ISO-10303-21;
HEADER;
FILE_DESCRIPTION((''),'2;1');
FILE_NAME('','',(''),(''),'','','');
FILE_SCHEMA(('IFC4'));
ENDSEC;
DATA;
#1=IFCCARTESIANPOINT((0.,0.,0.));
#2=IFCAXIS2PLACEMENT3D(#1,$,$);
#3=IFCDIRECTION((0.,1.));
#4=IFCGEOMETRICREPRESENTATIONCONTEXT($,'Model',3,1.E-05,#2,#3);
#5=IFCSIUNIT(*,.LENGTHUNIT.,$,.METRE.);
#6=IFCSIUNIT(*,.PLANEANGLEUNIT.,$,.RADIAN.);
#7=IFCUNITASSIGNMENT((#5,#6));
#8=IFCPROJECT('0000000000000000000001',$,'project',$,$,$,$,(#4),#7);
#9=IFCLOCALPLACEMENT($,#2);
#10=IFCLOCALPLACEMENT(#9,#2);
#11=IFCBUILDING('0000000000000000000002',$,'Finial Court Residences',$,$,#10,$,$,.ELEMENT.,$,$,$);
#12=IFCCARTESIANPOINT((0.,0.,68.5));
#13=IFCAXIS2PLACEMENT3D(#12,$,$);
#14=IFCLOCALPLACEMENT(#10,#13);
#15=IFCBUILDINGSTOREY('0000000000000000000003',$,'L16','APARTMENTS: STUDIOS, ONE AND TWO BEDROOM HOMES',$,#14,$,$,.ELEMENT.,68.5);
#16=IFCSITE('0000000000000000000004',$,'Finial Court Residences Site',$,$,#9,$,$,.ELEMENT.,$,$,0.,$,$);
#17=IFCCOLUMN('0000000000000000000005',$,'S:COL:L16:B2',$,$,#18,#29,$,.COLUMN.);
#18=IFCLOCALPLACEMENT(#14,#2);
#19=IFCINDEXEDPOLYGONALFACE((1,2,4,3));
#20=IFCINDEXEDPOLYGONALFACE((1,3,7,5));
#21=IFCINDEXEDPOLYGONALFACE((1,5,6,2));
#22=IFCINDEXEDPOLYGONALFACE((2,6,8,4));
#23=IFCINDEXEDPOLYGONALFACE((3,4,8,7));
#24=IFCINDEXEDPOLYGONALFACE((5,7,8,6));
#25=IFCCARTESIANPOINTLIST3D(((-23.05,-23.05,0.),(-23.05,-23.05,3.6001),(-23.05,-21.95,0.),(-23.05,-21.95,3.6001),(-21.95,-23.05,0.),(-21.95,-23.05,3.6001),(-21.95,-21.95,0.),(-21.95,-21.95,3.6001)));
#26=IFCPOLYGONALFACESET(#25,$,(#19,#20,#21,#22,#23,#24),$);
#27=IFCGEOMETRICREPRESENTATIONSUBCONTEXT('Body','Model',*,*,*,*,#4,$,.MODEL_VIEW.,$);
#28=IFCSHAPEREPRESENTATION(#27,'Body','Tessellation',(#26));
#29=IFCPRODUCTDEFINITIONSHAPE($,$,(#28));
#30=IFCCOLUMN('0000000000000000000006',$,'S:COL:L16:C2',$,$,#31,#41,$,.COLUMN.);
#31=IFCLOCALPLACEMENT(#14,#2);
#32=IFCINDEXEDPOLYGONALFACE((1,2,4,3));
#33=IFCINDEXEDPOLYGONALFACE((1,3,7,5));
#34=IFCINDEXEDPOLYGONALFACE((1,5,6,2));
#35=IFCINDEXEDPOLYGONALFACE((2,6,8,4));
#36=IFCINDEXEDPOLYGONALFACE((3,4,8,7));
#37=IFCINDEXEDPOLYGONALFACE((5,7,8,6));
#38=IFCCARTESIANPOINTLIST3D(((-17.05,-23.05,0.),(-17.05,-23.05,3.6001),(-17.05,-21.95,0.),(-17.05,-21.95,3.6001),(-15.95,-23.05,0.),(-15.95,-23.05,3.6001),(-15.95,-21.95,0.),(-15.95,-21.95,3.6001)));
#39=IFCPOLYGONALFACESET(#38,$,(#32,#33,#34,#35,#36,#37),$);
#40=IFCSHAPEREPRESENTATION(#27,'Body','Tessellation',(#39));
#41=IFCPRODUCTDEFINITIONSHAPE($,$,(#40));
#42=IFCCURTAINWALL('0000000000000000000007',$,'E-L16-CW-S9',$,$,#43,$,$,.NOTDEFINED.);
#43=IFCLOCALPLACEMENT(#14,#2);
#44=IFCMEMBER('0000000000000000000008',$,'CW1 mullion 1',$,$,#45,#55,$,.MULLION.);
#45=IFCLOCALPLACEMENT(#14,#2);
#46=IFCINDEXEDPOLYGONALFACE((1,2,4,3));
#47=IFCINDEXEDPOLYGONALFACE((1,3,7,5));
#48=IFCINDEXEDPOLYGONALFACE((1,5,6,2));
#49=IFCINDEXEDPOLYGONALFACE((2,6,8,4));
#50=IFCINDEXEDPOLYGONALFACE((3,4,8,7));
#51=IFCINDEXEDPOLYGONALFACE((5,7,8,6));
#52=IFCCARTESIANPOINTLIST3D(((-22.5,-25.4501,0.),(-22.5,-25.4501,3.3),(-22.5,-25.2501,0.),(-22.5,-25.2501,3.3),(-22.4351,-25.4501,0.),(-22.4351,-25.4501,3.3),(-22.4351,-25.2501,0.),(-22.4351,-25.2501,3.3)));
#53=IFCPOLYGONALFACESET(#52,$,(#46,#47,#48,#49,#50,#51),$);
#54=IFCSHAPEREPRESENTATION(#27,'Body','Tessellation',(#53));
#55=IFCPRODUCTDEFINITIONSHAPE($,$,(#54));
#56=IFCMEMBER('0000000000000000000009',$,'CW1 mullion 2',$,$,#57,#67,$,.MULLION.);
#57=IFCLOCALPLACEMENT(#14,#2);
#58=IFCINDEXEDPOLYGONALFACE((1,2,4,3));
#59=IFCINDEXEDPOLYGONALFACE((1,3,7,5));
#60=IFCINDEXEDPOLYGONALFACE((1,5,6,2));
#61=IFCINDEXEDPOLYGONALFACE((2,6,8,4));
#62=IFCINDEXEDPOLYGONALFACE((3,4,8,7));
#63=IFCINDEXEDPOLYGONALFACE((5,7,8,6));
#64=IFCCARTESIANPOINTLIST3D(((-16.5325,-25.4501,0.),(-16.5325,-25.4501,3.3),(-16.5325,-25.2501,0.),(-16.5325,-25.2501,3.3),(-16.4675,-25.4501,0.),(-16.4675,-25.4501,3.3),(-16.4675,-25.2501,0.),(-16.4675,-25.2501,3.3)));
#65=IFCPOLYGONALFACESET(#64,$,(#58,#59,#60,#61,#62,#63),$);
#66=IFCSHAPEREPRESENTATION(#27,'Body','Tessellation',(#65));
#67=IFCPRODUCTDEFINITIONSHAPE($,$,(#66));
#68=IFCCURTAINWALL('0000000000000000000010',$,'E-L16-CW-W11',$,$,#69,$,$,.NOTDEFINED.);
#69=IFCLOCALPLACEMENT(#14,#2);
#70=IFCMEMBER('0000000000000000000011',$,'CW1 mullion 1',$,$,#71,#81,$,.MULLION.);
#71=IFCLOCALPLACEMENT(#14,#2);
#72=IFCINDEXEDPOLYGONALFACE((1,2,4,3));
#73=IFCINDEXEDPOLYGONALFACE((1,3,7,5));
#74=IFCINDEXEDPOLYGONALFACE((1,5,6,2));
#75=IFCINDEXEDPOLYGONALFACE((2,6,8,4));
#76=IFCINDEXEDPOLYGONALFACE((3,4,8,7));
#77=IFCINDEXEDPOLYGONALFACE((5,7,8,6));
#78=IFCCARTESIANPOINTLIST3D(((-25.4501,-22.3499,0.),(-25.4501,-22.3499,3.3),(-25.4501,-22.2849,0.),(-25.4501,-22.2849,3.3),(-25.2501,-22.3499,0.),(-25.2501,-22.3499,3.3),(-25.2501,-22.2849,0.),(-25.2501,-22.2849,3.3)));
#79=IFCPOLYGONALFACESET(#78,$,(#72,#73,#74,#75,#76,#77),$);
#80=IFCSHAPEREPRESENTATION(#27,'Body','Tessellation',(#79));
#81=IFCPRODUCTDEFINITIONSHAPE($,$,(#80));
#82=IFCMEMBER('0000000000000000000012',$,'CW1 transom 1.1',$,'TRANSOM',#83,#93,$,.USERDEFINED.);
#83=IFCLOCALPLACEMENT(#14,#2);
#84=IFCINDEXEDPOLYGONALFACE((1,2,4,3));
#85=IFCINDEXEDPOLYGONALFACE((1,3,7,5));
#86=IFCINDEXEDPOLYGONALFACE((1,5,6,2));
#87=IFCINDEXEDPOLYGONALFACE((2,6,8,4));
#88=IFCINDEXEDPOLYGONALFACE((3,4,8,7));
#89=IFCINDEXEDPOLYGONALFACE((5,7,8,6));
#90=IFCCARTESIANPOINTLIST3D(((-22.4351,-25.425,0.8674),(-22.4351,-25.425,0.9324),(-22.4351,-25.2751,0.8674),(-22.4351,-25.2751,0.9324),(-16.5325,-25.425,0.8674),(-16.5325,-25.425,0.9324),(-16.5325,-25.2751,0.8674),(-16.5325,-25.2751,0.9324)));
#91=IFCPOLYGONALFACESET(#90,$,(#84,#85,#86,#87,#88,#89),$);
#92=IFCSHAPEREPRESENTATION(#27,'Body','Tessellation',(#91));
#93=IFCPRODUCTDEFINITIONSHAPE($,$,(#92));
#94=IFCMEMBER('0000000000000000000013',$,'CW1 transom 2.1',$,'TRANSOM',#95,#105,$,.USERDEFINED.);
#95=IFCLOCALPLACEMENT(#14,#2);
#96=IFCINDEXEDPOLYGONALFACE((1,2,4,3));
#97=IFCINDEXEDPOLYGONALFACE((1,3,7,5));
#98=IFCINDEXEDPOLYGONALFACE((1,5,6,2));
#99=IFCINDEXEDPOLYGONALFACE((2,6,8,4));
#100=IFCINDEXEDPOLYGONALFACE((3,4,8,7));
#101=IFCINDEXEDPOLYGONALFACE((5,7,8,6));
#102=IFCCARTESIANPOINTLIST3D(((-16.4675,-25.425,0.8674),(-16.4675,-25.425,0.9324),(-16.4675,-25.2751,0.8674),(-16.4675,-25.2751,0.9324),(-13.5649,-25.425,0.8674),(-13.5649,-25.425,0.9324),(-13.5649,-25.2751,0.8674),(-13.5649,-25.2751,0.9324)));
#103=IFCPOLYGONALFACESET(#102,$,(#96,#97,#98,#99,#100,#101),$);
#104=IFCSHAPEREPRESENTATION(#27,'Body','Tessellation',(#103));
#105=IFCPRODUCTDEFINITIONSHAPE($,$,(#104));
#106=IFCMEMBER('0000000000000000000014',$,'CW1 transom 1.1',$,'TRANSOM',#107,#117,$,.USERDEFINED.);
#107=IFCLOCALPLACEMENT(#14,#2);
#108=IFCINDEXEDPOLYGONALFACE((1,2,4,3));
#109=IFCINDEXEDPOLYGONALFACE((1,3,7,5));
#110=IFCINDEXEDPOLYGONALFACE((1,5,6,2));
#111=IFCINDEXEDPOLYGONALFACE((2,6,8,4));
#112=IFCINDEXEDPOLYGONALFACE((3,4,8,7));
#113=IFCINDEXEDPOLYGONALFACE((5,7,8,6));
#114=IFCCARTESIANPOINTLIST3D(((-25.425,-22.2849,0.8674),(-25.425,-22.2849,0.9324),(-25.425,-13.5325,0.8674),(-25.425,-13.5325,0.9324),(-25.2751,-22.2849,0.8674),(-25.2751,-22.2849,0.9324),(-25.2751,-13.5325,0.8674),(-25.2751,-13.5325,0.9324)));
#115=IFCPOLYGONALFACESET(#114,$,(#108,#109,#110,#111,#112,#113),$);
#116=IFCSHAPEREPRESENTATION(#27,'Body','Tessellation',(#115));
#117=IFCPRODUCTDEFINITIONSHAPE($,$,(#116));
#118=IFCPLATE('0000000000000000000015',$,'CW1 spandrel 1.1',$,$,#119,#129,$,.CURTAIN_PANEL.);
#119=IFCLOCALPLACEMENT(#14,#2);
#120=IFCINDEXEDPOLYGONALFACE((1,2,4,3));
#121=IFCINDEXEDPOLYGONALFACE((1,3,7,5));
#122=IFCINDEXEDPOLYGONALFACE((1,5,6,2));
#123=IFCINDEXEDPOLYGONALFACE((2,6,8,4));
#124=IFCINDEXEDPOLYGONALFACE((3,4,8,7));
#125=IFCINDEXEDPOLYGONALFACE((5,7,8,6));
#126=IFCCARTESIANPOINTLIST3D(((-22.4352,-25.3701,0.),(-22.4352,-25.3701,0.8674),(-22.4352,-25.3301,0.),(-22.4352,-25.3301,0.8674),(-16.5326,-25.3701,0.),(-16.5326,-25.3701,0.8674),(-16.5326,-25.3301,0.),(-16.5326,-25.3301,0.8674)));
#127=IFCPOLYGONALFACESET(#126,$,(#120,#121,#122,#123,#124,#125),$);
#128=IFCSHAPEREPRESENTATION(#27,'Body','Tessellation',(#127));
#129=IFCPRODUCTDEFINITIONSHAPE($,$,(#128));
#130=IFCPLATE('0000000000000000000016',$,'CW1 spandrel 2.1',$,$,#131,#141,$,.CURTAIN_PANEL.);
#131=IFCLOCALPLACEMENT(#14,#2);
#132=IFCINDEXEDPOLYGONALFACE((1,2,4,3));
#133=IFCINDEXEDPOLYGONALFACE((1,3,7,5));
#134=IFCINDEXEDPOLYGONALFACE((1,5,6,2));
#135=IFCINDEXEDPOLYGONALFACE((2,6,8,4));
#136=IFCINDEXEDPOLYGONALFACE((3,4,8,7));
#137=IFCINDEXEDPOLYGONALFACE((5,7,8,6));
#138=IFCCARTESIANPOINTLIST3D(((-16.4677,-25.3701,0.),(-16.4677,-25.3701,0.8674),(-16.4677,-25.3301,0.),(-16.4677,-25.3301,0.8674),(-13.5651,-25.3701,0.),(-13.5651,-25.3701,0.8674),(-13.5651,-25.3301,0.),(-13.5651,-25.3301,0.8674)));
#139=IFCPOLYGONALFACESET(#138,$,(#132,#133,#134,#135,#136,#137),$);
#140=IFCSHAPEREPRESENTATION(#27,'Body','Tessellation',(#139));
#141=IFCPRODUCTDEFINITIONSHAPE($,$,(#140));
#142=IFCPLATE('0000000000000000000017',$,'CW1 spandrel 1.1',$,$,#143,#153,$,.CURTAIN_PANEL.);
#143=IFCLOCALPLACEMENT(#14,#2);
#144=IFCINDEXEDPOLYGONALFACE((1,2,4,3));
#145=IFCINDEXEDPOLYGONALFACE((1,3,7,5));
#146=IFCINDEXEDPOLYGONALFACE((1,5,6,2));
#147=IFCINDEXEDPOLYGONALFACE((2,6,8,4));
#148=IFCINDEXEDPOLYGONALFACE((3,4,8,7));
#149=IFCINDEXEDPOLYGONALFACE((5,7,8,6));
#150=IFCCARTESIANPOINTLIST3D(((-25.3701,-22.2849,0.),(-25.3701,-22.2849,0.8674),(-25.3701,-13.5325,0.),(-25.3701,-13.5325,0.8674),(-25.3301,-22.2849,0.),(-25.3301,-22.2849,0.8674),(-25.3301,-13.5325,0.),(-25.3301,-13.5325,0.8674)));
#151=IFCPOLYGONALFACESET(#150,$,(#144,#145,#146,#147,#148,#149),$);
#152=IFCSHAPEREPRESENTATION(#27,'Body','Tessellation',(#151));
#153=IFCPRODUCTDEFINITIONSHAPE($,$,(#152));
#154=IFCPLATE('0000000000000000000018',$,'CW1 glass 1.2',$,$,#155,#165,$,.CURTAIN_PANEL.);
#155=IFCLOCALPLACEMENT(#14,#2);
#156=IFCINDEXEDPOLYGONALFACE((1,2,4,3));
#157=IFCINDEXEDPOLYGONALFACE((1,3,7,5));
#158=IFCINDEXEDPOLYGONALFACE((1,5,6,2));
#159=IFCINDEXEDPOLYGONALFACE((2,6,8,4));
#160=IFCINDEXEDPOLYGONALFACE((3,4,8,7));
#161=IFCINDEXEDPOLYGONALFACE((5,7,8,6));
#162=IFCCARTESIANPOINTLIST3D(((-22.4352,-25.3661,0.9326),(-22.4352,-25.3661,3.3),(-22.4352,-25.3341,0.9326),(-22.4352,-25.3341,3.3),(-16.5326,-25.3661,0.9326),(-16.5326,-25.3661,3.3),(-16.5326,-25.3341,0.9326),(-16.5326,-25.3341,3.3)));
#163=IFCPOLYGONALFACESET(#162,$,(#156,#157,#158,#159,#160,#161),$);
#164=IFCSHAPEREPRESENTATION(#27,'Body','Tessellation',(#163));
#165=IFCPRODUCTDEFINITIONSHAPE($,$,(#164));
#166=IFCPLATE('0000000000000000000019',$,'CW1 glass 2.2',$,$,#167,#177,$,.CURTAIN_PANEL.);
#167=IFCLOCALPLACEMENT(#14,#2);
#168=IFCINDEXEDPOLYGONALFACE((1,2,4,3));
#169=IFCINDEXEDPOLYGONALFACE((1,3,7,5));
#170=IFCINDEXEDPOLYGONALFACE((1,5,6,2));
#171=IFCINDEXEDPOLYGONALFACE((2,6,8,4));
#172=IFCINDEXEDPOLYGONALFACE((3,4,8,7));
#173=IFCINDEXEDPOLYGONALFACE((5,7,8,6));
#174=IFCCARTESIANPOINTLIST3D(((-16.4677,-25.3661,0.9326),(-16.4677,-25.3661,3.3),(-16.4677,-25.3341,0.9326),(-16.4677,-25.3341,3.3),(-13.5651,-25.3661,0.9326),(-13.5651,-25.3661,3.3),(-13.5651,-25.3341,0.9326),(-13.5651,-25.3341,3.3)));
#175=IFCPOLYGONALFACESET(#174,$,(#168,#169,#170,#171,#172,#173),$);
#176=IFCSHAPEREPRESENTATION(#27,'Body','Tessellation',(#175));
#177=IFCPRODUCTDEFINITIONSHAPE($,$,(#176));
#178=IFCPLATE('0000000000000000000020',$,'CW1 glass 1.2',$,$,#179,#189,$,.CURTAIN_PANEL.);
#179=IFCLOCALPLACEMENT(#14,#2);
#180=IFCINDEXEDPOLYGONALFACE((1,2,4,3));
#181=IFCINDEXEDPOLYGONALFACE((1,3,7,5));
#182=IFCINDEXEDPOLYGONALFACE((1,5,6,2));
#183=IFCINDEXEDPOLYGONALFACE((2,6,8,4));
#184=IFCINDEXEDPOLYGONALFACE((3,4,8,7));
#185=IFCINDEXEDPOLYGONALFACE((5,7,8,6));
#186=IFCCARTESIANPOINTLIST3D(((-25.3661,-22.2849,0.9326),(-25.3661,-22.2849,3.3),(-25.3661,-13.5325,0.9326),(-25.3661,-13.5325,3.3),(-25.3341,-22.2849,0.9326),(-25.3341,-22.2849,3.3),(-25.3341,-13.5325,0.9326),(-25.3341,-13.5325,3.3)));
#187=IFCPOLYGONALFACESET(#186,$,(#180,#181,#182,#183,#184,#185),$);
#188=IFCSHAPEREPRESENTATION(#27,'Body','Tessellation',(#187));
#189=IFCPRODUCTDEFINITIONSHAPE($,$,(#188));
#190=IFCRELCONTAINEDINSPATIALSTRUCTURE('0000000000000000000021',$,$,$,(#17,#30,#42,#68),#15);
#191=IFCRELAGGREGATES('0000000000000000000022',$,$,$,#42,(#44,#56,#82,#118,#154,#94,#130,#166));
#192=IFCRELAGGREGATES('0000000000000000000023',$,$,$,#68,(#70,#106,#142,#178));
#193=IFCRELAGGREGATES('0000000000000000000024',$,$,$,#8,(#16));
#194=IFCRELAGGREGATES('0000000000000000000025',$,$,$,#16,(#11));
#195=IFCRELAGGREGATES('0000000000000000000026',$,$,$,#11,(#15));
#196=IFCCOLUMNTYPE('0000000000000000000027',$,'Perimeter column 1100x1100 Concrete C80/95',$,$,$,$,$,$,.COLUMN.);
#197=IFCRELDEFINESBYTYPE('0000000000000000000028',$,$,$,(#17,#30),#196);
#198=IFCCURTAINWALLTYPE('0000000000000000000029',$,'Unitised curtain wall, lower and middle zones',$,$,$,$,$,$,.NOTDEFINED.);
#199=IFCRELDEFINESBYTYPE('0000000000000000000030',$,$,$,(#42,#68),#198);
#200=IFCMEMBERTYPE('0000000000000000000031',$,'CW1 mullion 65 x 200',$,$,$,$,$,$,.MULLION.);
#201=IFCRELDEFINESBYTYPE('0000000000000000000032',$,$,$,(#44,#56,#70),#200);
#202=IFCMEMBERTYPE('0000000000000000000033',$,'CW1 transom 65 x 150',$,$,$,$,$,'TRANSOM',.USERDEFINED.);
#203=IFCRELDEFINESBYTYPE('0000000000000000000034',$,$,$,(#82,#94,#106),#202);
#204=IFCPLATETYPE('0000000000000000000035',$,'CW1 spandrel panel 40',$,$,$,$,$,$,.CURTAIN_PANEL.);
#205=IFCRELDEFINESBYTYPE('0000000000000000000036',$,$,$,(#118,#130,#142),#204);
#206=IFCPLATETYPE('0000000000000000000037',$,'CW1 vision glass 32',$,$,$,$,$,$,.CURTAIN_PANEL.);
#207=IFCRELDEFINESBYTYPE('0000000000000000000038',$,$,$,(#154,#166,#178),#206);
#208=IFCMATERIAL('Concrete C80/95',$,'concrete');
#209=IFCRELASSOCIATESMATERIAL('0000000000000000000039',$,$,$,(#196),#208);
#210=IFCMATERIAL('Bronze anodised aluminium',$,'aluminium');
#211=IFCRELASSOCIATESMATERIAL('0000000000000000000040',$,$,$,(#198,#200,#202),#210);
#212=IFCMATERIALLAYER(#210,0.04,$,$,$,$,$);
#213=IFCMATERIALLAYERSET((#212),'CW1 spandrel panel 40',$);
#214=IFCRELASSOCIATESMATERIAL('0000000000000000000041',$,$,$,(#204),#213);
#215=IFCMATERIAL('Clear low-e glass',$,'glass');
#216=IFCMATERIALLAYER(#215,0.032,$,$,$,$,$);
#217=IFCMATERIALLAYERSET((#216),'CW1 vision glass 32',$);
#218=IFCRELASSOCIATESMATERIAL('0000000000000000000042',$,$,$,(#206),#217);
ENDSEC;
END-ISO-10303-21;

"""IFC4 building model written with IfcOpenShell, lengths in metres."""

from ifc_helpers import new_model, si_unit, direction, frame, origin, origin_2d, place, context, subcontext, project, spatial, rectangle, extrude, material, layer, layer_set, material_profile, profile_set, type_object, element, aggregate, save


model = new_model("IFC4")

# Units and contexts
model_context = context("Model", 3, precision=1e-05, world=origin(), true_north=direction((0.0, 1.0)))
body_context = subcontext(model_context, "Body", "Model", "MODEL_VIEW")
ifc_project = project(units=[si_unit("LENGTHUNIT", "METRE"), si_unit("PLANEANGLEUNIT", "RADIAN")], contexts=[model_context])

# Site, building, storey
site_placement = place(None, origin())
site = spatial("IfcSite", under=ifc_project, at=site_placement, Name="Finial Court Residences Site", CompositionType="ELEMENT", RefElevation=0.0)
building_placement = place(site_placement, origin())
building = spatial("IfcBuilding", under=site, at=building_placement, Name="Finial Court Residences", CompositionType="ELEMENT")
storey_placement = place(building_placement, frame((0.0, 0.0, 68.5)))
storey = spatial("IfcBuildingStorey", under=building, at=storey_placement, Name="L16", Description="APARTMENTS: STUDIOS, ONE AND TWO BEDROOM HOMES", CompositionType="ELEMENT", Elevation=68.5)

# Columns
ifc_material_1 = material(Name="Concrete C80/95", Category="concrete")
ifc_material_profile_1 = material_profile(ifc_material_1, rectangle(XDim=1.1001, YDim=1.1001, at=origin_2d()), Name="1100x1100")
ifc_profile_set_1 = profile_set([ifc_material_profile_1], Name="Concrete C80/95")
column_type = type_object("IfcColumnType", Name="Perimeter column 1100x1100 Concrete C80/95", PredefinedType="COLUMN", material=ifc_profile_set_1)
for number, where, z_axis, x_axis, name in (
    (1, (-22.5, -22.5, 0.0), (0.0, 0.0, 1.0), (1.0, 0.0, 0.0), "S:COL:L16:B2"),
    (2, (-16.5, -22.5, 0.0), (0.0, 0.0, 1.0), (1.0, 0.0, 0.0), "S:COL:L16:C2"),
):
    element("IfcColumn", number, at=place(storey_placement, frame(where, z_axis=z_axis, x_axis=x_axis)), inside=storey, type_object=column_type, Name=name, PredefinedType="COLUMN", context=body_context, shape_type="SweptSolid", body=[
        extrude(rectangle(XDim=1.1001, YDim=1.1001, at=origin_2d()), origin(), (0.0, 0.0, 1.0), 3.6001),
    ])

# Curtain wall, members
ifc_material_2 = material(Name="Bronze anodised aluminium", Category="aluminium")
curtain_wall_type = type_object("IfcCurtainWallType", Name="Unitised curtain wall, lower and middle zones", PredefinedType="NOTDEFINED", material=ifc_material_2)
curtain_wall_1_placement = place(storey_placement, origin())
curtain_wall_1 = element("IfcCurtainWall", 3, at=curtain_wall_1_placement, inside=storey, type_object=curtain_wall_type, Name="E-L16-CW-S9", PredefinedType="NOTDEFINED")
ifc_material_profile_2 = material_profile(ifc_material_2, rectangle(XDim=0.2, YDim=0.0649, at=origin_2d()), Name="CW1 mullion 65 x 200")
ifc_profile_set_2 = profile_set([ifc_material_profile_2], Name="Bronze anodised aluminium")
member_type_1 = type_object("IfcMemberType", Name="CW1 mullion 65 x 200", PredefinedType="MULLION", material=ifc_profile_set_2)
member_1_placement = place(storey_placement, frame((-22.4675, -25.3501, 0.0), z_axis=(0.0, 0.0, 1.0), x_axis=(0.0, 1.0, 0.0)))
member_1 = element("IfcMember", 4, at=member_1_placement, type_object=member_type_1, Name="CW1 mullion 1", PredefinedType="MULLION", context=body_context, shape_type="SweptSolid", body=[
    extrude(rectangle(XDim=0.2, YDim=0.0649, at=origin_2d()), origin(), (0.0, 0.0, 1.0), 3.3),
])
member_2_placement = place(storey_placement, frame((-16.5, -25.3501, 0.0), z_axis=(0.0, 0.0, 1.0), x_axis=(0.0, 1.0, 0.0)))
member_2 = element("IfcMember", 5, at=member_2_placement, type_object=member_type_1, Name="CW1 mullion 2", PredefinedType="MULLION", context=body_context, shape_type="SweptSolid", body=[
    extrude(rectangle(XDim=0.2, YDim=0.0649, at=origin_2d()), origin(), (0.0, 0.0, 1.0), 3.3),
])

# Curtain wall, member
curtain_wall_2_placement = place(storey_placement, origin())
curtain_wall_2 = element("IfcCurtainWall", 6, at=curtain_wall_2_placement, inside=storey, type_object=curtain_wall_type, Name="E-L16-CW-W11", PredefinedType="NOTDEFINED")
member_3_placement = place(storey_placement, frame((-25.3501, -22.3174, 0.0), z_axis=(0.0, 0.0, 1.0), x_axis=(-1.0, 0.0, 0.0)))
member_3 = element("IfcMember", 7, at=member_3_placement, type_object=member_type_1, Name="CW1 mullion 1", PredefinedType="MULLION", context=body_context, shape_type="SweptSolid", body=[
    extrude(rectangle(XDim=0.2, YDim=0.0649, at=origin_2d()), origin(), (0.0, 0.0, 1.0), 3.3),
])

# Members
ifc_material_profile_3 = material_profile(ifc_material_2, rectangle(XDim=0.1499, YDim=0.0649, at=origin_2d()), Name="CW1 transom 65 x 150")
ifc_profile_set_3 = profile_set([ifc_material_profile_3], Name="Bronze anodised aluminium")
member_type_2 = type_object("IfcMemberType", Name="CW1 transom 65 x 150", ElementType="TRANSOM", PredefinedType="USERDEFINED", material=ifc_profile_set_3)
member_4_placement = place(storey_placement, frame((-22.4351, -25.3501, 0.8999), z_axis=(1.0, 0.0, 0.0), x_axis=(0.0, 1.0, 0.0)))
member_4 = element("IfcMember", 8, at=member_4_placement, type_object=member_type_2, Name="CW1 transom 1.1", ObjectType="TRANSOM", PredefinedType="USERDEFINED", context=body_context, shape_type="SweptSolid", body=[
    extrude(rectangle(XDim=0.1499, YDim=0.0649, at=origin_2d()), origin(), (0.0, 0.0, 1.0), 5.9026),
])
member_5_placement = place(storey_placement, frame((-16.4675, -25.3501, 0.8999), z_axis=(1.0, 0.0, 0.0), x_axis=(0.0, 1.0, 0.0)))
member_5 = element("IfcMember", 9, at=member_5_placement, type_object=member_type_2, Name="CW1 transom 2.1", ObjectType="TRANSOM", PredefinedType="USERDEFINED", context=body_context, shape_type="SweptSolid", body=[
    extrude(rectangle(XDim=0.1499, YDim=0.0649, at=origin_2d()), origin(), (0.0, 0.0, 1.0), 2.9026),
])
member_6_placement = place(storey_placement, frame((-25.3501, -22.2849, 0.8999), z_axis=(0.0, 1.0, 0.0), x_axis=(-1.0, 0.0, 0.0)))
member_6 = element("IfcMember", 10, at=member_6_placement, type_object=member_type_2, Name="CW1 transom 1.1", ObjectType="TRANSOM", PredefinedType="USERDEFINED", context=body_context, shape_type="SweptSolid", body=[
    extrude(rectangle(XDim=0.1499, YDim=0.0649, at=origin_2d()), origin(), (0.0, 0.0, 1.0), 8.7524),
])

# Plates
ifc_layer_1 = layer(ifc_material_2, 0.04)
ifc_layer_set_1 = layer_set([ifc_layer_1], Name="CW1 spandrel panel 40")
plate_type_1 = type_object("IfcPlateType", Name="CW1 spandrel panel 40", PredefinedType="CURTAIN_PANEL", material=ifc_layer_set_1)
plate_1_placement = place(storey_placement, frame((-19.4839, -25.3501, 0.0), z_axis=(0.0, 0.0, 1.0), x_axis=(1.0, 0.0, 0.0)))
plate_1 = element("IfcPlate", 11, at=plate_1_placement, type_object=plate_type_1, Name="CW1 spandrel 1.1", PredefinedType="CURTAIN_PANEL", context=body_context, shape_type="SweptSolid", body=[
    extrude(rectangle(XDim=5.9026, YDim=0.04, at=origin_2d()), origin(), (0.0, 0.0, 1.0), 0.8674),
])
plate_2_placement = place(storey_placement, frame((-15.0164, -25.3501, 0.0), z_axis=(0.0, 0.0, 1.0), x_axis=(1.0, 0.0, 0.0)))
plate_2 = element("IfcPlate", 12, at=plate_2_placement, type_object=plate_type_1, Name="CW1 spandrel 2.1", PredefinedType="CURTAIN_PANEL", context=body_context, shape_type="SweptSolid", body=[
    extrude(rectangle(XDim=2.9026, YDim=0.04, at=origin_2d()), origin(), (0.0, 0.0, 1.0), 0.8674),
])
plate_3_placement = place(storey_placement, frame((-25.3501, -17.9087, 0.0), z_axis=(0.0, 0.0, 1.0), x_axis=(0.0, 1.0, 0.0)))
plate_3 = element("IfcPlate", 13, at=plate_3_placement, type_object=plate_type_1, Name="CW1 spandrel 1.1", PredefinedType="CURTAIN_PANEL", context=body_context, shape_type="SweptSolid", body=[
    extrude(rectangle(XDim=8.7524, YDim=0.04, at=origin_2d()), origin(), (0.0, 0.0, 1.0), 0.8674),
])
ifc_material_3 = material(Name="Clear low-e glass", Category="glass")
ifc_layer_2 = layer(ifc_material_3, 0.032)
ifc_layer_set_2 = layer_set([ifc_layer_2], Name="CW1 vision glass 32")
plate_type_2 = type_object("IfcPlateType", Name="CW1 vision glass 32", PredefinedType="CURTAIN_PANEL", material=ifc_layer_set_2)
plate_4_placement = place(storey_placement, frame((-19.4839, -25.3501, 0.9326), z_axis=(0.0, 0.0, 1.0), x_axis=(1.0, 0.0, 0.0)))
plate_4 = element("IfcPlate", 14, at=plate_4_placement, type_object=plate_type_2, Name="CW1 glass 1.2", PredefinedType="CURTAIN_PANEL", context=body_context, shape_type="SweptSolid", body=[
    extrude(rectangle(XDim=5.9026, YDim=0.032, at=origin_2d()), origin(), (0.0, 0.0, 1.0), 2.3674),
])
plate_5_placement = place(storey_placement, frame((-15.0164, -25.3501, 0.9326), z_axis=(0.0, 0.0, 1.0), x_axis=(1.0, 0.0, 0.0)))
plate_5 = element("IfcPlate", 15, at=plate_5_placement, type_object=plate_type_2, Name="CW1 glass 2.2", PredefinedType="CURTAIN_PANEL", context=body_context, shape_type="SweptSolid", body=[
    extrude(rectangle(XDim=2.9026, YDim=0.032, at=origin_2d()), origin(), (0.0, 0.0, 1.0), 2.3674),
])
aggregate(curtain_wall_1, [member_1, member_2, member_4, plate_1, plate_4, member_5, plate_2, plate_5])
plate_6_placement = place(storey_placement, frame((-25.3501, -17.9087, 0.9326), z_axis=(0.0, 0.0, 1.0), x_axis=(0.0, 1.0, 0.0)))
plate_6 = element("IfcPlate", 16, at=plate_6_placement, type_object=plate_type_2, Name="CW1 glass 1.2", PredefinedType="CURTAIN_PANEL", context=body_context, shape_type="SweptSolid", body=[
    extrude(rectangle(XDim=8.7524, YDim=0.032, at=origin_2d()), origin(), (0.0, 0.0, 1.0), 2.3674),
])
aggregate(curtain_wall_2, [member_3, member_6, plate_3, plate_6])

save(model, "model.ifc")
